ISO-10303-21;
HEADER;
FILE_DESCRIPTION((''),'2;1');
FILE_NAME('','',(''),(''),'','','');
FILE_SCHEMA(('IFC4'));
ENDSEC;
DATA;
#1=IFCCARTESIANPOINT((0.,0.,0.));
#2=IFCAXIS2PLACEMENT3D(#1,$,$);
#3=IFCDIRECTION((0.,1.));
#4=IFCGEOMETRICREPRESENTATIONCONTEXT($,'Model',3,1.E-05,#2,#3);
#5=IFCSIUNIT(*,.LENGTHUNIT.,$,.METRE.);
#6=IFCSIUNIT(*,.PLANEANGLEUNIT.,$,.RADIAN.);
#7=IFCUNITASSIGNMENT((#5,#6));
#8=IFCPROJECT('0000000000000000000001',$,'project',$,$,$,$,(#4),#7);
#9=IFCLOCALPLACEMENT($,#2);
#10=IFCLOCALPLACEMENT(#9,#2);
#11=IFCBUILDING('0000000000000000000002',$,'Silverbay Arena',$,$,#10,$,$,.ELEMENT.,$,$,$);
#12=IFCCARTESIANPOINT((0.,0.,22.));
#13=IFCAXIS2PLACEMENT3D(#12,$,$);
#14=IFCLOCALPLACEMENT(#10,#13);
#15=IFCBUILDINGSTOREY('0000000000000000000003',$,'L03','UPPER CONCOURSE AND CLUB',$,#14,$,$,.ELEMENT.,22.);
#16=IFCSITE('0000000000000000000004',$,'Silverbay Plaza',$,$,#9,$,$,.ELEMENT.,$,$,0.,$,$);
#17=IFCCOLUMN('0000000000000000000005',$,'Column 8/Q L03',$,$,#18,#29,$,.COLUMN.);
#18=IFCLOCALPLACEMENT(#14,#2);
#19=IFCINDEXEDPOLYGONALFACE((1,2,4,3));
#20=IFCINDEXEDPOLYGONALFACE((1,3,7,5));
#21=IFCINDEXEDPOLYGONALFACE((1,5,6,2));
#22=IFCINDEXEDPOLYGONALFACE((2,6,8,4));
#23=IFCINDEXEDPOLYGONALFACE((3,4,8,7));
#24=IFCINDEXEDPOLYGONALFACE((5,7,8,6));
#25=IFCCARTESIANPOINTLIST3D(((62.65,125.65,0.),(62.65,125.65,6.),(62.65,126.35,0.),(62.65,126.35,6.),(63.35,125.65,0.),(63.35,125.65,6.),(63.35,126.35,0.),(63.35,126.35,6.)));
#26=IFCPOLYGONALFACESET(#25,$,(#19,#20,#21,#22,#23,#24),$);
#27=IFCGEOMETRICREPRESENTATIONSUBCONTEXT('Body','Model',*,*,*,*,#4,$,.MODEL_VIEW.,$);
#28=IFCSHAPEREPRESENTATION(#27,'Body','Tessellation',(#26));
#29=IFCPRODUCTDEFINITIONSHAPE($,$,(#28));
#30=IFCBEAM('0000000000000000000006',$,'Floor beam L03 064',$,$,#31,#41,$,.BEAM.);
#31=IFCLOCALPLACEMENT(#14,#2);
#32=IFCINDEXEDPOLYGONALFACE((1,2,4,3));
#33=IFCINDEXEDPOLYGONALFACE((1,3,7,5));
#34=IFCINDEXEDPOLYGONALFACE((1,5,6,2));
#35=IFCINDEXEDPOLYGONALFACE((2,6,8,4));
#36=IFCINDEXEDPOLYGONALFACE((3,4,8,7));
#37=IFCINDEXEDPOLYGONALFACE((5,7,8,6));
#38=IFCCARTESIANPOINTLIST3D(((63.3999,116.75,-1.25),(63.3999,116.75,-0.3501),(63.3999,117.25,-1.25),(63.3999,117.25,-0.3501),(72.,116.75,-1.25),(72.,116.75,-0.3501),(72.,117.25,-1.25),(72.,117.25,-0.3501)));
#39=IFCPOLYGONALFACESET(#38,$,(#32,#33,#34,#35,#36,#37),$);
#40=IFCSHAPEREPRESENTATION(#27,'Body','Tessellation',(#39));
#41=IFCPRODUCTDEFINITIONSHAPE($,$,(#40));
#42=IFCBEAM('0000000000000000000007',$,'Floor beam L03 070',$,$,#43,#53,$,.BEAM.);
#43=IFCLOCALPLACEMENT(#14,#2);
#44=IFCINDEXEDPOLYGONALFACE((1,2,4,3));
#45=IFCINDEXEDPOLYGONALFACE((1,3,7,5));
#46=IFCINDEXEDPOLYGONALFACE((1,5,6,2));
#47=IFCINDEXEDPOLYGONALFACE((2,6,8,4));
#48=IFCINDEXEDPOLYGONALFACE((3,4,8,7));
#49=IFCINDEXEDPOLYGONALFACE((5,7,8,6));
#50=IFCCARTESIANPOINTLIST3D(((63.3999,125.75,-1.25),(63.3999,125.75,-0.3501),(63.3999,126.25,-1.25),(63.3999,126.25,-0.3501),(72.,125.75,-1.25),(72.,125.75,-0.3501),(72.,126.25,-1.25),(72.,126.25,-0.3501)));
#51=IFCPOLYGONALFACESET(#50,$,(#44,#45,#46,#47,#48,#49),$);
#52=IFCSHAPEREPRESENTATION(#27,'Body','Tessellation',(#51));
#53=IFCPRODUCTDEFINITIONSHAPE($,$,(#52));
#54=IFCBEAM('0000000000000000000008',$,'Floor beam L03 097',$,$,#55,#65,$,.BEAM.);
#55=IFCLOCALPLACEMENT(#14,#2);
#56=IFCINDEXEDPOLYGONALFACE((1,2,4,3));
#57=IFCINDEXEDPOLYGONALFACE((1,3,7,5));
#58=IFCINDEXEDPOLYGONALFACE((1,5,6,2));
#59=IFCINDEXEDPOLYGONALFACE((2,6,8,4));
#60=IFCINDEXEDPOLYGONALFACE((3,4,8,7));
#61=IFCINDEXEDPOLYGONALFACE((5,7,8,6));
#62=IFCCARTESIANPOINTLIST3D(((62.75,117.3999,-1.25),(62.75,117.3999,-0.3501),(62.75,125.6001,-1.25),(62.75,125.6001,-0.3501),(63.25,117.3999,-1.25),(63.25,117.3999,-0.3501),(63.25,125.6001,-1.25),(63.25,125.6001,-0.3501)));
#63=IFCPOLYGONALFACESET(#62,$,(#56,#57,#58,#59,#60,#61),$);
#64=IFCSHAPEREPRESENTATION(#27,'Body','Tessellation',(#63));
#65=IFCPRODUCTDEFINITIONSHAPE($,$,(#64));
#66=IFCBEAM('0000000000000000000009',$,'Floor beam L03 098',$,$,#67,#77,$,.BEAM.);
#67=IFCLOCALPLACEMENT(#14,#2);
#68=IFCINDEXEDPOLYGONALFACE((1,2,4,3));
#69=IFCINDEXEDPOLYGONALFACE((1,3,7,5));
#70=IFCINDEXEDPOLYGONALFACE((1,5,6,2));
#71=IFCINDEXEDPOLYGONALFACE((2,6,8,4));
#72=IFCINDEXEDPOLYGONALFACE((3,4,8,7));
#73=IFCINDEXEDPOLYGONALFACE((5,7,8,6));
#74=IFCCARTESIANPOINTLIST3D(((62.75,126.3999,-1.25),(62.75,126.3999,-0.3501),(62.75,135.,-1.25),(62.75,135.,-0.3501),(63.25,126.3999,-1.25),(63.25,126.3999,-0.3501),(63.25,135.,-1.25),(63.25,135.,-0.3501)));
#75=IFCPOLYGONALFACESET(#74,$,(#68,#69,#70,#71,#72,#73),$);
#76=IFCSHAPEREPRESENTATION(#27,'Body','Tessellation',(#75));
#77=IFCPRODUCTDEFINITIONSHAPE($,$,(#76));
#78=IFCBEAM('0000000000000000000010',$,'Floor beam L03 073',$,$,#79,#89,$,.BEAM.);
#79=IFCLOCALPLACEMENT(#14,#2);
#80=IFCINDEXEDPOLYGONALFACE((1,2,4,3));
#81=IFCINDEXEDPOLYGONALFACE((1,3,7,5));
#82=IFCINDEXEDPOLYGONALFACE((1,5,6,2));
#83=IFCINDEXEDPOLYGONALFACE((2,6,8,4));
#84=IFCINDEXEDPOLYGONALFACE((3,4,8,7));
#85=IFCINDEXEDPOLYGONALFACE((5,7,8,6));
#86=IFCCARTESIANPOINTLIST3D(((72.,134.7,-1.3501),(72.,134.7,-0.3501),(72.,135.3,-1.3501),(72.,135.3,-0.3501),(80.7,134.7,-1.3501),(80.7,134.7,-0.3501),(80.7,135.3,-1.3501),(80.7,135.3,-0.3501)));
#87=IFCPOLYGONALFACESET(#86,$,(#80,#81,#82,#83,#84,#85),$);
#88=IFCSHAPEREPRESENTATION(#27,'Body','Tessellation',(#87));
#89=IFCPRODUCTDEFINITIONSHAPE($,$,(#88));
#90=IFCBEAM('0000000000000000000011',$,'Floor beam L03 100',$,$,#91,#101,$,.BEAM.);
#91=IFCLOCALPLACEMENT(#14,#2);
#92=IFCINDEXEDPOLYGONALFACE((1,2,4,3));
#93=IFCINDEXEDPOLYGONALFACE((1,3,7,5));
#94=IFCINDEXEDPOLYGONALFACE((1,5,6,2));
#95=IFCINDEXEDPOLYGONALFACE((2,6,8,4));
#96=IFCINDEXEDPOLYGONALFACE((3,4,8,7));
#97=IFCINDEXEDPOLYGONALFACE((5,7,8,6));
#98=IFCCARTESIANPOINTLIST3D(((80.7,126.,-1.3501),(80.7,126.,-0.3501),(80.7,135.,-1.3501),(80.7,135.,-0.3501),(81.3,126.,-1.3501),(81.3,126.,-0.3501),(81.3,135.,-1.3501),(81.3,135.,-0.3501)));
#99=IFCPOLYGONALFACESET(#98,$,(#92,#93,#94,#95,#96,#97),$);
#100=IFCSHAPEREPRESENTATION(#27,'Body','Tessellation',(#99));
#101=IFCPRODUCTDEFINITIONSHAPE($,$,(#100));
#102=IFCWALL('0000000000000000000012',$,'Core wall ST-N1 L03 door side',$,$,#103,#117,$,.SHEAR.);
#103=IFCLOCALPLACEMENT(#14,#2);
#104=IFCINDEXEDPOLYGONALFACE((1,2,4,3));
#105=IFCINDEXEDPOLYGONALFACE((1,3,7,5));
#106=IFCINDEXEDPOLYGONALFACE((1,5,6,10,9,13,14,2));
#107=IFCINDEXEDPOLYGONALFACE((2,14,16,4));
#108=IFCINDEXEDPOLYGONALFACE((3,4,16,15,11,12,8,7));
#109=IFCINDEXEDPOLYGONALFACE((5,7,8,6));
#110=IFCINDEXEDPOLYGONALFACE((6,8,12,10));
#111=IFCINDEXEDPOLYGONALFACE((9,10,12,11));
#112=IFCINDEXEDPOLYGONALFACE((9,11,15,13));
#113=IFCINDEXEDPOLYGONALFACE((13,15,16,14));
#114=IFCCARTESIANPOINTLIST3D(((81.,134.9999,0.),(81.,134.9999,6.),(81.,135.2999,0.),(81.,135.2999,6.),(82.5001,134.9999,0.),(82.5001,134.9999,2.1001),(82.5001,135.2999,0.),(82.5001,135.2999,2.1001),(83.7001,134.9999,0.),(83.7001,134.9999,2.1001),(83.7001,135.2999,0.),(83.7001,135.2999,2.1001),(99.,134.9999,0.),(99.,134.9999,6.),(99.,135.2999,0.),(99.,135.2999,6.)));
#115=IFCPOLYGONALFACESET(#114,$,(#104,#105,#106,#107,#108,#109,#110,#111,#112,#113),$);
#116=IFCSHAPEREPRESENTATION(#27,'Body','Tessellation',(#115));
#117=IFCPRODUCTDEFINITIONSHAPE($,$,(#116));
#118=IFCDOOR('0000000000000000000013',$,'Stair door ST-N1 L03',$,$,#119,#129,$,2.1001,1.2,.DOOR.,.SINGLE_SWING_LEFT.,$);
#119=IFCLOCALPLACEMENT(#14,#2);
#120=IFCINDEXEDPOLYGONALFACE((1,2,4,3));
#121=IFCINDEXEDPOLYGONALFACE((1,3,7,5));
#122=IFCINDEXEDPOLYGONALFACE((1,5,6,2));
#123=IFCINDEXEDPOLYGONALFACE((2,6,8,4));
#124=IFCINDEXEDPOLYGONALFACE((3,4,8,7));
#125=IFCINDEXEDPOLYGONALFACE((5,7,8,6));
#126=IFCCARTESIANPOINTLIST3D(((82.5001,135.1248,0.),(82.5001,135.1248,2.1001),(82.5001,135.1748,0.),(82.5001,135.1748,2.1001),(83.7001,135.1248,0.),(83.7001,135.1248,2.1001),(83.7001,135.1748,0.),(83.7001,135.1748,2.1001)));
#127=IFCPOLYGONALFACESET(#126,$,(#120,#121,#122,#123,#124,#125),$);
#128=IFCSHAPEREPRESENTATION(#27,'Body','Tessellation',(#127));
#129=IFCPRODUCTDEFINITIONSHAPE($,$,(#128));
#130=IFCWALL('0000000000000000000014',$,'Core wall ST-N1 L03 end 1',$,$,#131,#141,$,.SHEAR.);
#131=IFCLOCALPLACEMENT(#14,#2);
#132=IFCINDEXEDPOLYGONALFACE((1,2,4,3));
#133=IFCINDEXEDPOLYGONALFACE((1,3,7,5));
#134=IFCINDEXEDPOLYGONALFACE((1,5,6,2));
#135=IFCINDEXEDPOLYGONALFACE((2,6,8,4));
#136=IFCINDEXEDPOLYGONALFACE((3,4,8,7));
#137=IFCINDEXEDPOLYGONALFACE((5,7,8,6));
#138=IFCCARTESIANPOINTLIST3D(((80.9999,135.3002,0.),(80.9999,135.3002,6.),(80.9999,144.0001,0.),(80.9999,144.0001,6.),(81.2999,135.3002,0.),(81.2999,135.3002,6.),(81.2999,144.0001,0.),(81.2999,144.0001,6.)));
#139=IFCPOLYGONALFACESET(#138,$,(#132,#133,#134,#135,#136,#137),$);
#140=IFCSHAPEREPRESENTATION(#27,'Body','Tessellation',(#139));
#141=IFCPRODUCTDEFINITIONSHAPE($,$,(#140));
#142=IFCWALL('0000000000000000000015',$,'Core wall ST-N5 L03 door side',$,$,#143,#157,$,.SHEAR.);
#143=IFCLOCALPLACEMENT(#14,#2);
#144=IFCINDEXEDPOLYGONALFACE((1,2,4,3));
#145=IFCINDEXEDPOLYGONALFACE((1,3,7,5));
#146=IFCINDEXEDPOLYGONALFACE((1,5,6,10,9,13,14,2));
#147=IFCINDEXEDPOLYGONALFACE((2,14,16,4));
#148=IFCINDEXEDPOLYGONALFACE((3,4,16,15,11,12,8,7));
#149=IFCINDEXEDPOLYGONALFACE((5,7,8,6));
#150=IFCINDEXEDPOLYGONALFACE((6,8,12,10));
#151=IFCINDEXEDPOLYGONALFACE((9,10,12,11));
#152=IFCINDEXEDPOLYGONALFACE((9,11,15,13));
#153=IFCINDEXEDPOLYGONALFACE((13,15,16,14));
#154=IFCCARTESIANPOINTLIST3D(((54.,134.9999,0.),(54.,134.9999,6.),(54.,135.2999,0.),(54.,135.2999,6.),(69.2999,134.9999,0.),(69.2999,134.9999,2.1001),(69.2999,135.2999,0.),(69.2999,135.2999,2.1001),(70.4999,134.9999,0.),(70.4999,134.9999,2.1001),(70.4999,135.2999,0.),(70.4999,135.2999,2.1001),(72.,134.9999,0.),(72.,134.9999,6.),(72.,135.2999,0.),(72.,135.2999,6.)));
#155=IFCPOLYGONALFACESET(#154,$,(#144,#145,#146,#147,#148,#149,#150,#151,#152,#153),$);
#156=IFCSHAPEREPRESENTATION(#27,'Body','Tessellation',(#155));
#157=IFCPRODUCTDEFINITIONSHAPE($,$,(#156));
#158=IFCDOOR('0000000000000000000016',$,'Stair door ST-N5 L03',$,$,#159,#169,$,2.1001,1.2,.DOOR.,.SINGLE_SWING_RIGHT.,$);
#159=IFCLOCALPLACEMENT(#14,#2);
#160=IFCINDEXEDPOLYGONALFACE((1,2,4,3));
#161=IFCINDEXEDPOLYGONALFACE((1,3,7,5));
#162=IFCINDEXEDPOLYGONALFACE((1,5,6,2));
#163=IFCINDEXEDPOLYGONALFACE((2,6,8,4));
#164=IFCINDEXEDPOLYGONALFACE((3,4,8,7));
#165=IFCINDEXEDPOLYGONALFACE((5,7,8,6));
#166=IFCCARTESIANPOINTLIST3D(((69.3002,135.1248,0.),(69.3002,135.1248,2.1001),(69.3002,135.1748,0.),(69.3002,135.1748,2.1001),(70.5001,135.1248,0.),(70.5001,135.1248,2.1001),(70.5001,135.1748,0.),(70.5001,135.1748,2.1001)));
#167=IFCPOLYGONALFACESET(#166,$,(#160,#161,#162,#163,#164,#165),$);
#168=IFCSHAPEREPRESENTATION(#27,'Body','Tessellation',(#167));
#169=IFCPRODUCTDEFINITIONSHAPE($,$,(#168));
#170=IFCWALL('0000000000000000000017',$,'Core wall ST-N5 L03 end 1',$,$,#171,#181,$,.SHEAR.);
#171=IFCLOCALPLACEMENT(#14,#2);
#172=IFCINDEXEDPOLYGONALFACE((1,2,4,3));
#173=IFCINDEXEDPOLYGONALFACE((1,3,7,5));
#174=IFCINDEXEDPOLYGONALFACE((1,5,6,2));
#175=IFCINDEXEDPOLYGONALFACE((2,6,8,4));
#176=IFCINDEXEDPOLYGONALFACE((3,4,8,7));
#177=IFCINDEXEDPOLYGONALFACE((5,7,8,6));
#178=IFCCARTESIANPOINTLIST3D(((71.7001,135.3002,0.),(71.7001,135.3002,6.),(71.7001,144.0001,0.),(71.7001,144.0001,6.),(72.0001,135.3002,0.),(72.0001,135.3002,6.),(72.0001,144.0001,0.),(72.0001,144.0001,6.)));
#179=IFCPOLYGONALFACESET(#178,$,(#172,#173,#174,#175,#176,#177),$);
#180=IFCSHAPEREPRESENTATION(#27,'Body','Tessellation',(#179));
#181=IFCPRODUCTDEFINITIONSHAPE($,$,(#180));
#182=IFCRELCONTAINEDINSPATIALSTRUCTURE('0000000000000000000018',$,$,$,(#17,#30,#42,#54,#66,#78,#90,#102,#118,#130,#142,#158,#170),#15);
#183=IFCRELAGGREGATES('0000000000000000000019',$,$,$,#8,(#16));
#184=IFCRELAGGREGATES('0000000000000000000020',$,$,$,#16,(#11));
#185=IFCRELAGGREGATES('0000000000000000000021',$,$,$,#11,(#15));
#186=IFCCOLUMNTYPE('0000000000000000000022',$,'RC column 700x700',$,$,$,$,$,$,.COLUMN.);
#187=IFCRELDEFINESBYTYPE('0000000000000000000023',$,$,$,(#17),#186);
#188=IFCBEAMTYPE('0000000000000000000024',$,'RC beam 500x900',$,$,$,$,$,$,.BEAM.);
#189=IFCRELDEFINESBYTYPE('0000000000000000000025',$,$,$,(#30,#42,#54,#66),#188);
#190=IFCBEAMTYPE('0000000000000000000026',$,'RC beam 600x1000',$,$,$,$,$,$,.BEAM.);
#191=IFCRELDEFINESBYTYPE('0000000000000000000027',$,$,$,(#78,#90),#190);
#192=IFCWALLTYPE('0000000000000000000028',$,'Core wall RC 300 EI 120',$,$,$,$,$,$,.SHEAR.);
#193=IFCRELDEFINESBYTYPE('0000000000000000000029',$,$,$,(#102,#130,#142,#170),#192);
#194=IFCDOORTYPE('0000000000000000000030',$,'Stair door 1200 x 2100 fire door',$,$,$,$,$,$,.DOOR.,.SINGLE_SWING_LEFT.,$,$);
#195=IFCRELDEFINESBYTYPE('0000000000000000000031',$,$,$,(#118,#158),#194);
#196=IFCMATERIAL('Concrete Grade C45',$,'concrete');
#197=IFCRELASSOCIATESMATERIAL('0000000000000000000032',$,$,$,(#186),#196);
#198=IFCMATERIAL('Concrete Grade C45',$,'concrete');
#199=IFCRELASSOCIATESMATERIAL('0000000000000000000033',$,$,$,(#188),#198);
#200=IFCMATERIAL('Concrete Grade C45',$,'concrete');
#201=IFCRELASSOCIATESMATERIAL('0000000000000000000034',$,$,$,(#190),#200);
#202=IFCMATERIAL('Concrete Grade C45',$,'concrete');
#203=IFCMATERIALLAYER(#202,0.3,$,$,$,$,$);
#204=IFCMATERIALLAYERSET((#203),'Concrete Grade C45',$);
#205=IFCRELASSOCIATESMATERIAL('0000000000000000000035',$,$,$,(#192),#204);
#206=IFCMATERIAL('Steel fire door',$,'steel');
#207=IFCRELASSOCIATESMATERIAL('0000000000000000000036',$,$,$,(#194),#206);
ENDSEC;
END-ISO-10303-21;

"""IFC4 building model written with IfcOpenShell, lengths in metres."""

from ifc_helpers import new_model, si_unit, direction, frame, frame_2d, origin, origin_2d, place, context, subcontext, project, spatial, rectangle, extrude, material, layer, layer_set, material_profile, profile_set, type_object, element, fill, save


model = new_model("IFC4")

# Units and contexts
model_context = context("Model", 3, precision=1e-05, world=origin(), true_north=direction((0.0, 1.0)))
body_context = subcontext(model_context, "Body", "Model", "MODEL_VIEW")
ifc_project = project(units=[si_unit("LENGTHUNIT", "METRE"), si_unit("PLANEANGLEUNIT", "RADIAN")], contexts=[model_context])

# Site, building, storey
site_placement = place(None, origin())
site = spatial("IfcSite", under=ifc_project, at=site_placement, Name="Silverbay Plaza", CompositionType="ELEMENT", RefElevation=0.0)
building_placement = place(site_placement, origin())
building = spatial("IfcBuilding", under=site, at=building_placement, Name="Silverbay Arena", CompositionType="ELEMENT")
storey_placement = place(building_placement, frame((0.0, 0.0, 22.0)))
storey = spatial("IfcBuildingStorey", under=building, at=storey_placement, Name="L03", Description="UPPER CONCOURSE AND CLUB", CompositionType="ELEMENT", Elevation=22.0)

# Column
ifc_material_1 = material(Name="Concrete Grade C45", Category="concrete")
ifc_material_profile_1 = material_profile(ifc_material_1, rectangle(XDim=0.7, YDim=0.7, at=origin_2d()), Name="RC 700x700")
ifc_profile_set_1 = profile_set([ifc_material_profile_1], Name="Concrete Grade C45")
column_type = type_object("IfcColumnType", Name="RC column 700x700", PredefinedType="COLUMN", material=ifc_profile_set_1)
column_placement = place(storey_placement, frame((63.0, 126.0, 0.0), z_axis=(0.0, 0.0, 1.0), x_axis=(1.0, 0.0, 0.0)))
element("IfcColumn", 1, at=column_placement, inside=storey, type_object=column_type, Name="Column 8/Q L03", PredefinedType="COLUMN", context=body_context, shape_type="SweptSolid", body=[
    extrude(rectangle(XDim=0.7, YDim=0.7, at=origin_2d()), origin(), (0.0, 0.0, 1.0), 6.0),
])

# Beams
ifc_material_2 = material(Name="Concrete Grade C45", Category="concrete")
ifc_material_profile_2 = material_profile(ifc_material_2, rectangle(XDim=0.5, YDim=0.8999, at=origin_2d()), Name="RC 500x900")
ifc_profile_set_2 = profile_set([ifc_material_profile_2], Name="Concrete Grade C45")
beam_type_1 = type_object("IfcBeamType", Name="RC beam 500x900", PredefinedType="BEAM", material=ifc_profile_set_2)
for number, where, z_axis, x_axis, name in (
    (2, (63.3999, 117.0, -0.8), (1.0, 0.0, 0.0), (0.0, 1.0, 0.0), "Floor beam L03 064"),
    (3, (63.3999, 126.0, -0.8), (1.0, 0.0, 0.0), (0.0, 1.0, 0.0), "Floor beam L03 070"),
):
    element("IfcBeam", number, at=place(storey_placement, frame(where, z_axis=z_axis, x_axis=x_axis)), inside=storey, type_object=beam_type_1, Name=name, PredefinedType="BEAM", context=body_context, shape_type="SweptSolid", body=[
        extrude(rectangle(XDim=0.5, YDim=0.8999, at=origin_2d()), origin(), (0.0, 0.0, 1.0), 8.6001),
    ])
beam_1_placement = place(storey_placement, frame((63.0, 117.3999, -0.8), z_axis=(0.0, 1.0, 0.0), x_axis=(-1.0, 0.0, 0.0)))
element("IfcBeam", 4, at=beam_1_placement, inside=storey, type_object=beam_type_1, Name="Floor beam L03 097", PredefinedType="BEAM", context=body_context, shape_type="SweptSolid", body=[
    extrude(rectangle(XDim=0.5, YDim=0.8999, at=origin_2d()), origin(), (0.0, 0.0, 1.0), 8.2002),
])
beam_2_placement = place(storey_placement, frame((63.0, 126.3999, -0.8), z_axis=(0.0, 1.0, 0.0), x_axis=(-1.0, 0.0, 0.0)))
element("IfcBeam", 5, at=beam_2_placement, inside=storey, type_object=beam_type_1, Name="Floor beam L03 098", PredefinedType="BEAM", context=body_context, shape_type="SweptSolid", body=[
    extrude(rectangle(XDim=0.5, YDim=0.8999, at=origin_2d()), origin(), (0.0, 0.0, 1.0), 8.6001),
])
ifc_material_3 = material(Name="Concrete Grade C45", Category="concrete")
ifc_material_profile_3 = material_profile(ifc_material_3, rectangle(XDim=0.6001, YDim=1.0, at=origin_2d()), Name="RC 600x1000")
ifc_profile_set_3 = profile_set([ifc_material_profile_3], Name="Concrete Grade C45")
beam_type_2 = type_object("IfcBeamType", Name="RC beam 600x1000", PredefinedType="BEAM", material=ifc_profile_set_3)
beam_3_placement = place(storey_placement, frame((72.0, 135.0, -0.8501), z_axis=(1.0, 0.0, 0.0), x_axis=(0.0, 1.0, 0.0)))
element("IfcBeam", 6, at=beam_3_placement, inside=storey, type_object=beam_type_2, Name="Floor beam L03 073", PredefinedType="BEAM", context=body_context, shape_type="SweptSolid", body=[
    extrude(rectangle(XDim=0.6001, YDim=1.0, at=origin_2d()), origin(), (0.0, 0.0, 1.0), 8.7),
])
beam_4_placement = place(storey_placement, frame((81.0, 126.0, -0.8501), z_axis=(0.0, 1.0, 0.0), x_axis=(-1.0, 0.0, 0.0)))
element("IfcBeam", 7, at=beam_4_placement, inside=storey, type_object=beam_type_2, Name="Floor beam L03 100", PredefinedType="BEAM", context=body_context, shape_type="SweptSolid", body=[
    extrude(rectangle(XDim=0.6001, YDim=1.0, at=origin_2d()), origin(), (0.0, 0.0, 1.0), 9.0),
])

# Wall, opening, door
ifc_material_4 = material(Name="Concrete Grade C45", Category="concrete")
ifc_layer_1 = layer(ifc_material_4, 0.3)
ifc_layer_set_1 = layer_set([ifc_layer_1], Name="Concrete Grade C45")
wall_type_1 = type_object("IfcWallType", Name="Core wall RC 300 EI 120", PredefinedType="SHEAR", material=ifc_layer_set_1)
wall_1_placement = place(storey_placement, frame((81.0, 135.1499, 0.0), z_axis=(0.0, 0.0, 1.0), x_axis=(1.0, 0.0, 0.0)))
wall_1 = element("IfcWall", 8, at=wall_1_placement, inside=storey, type_object=wall_type_1, Name="Core wall ST-N1 L03 door side", PredefinedType="SHEAR", context=body_context, shape_type="SweptSolid", body=[
    extrude(rectangle(XDim=18.0, YDim=0.3, at=frame_2d((9.0, 0.0))), origin(), (0.0, 0.0, 1.0), 6.0),
])
opening_1_placement = place(wall_1_placement, frame((1.5, 0.0, 0.0)))
opening_1 = element("IfcOpeningElement", 9, at=opening_1_placement, cuts=wall_1, PredefinedType="OPENING", context=body_context, shape_type="SweptSolid", body=[
    extrude(rectangle(XDim=1.2, YDim=2.1001, at=frame_2d((0.6001, 1.05))), frame((0.0, 0.1602, 0.0), z_axis=(0.0, -1.0, 0.0), x_axis=(1.0, 0.0, 0.0)), (0.0, 0.0, 1.0), 0.3201),
])
ifc_material_5 = material(Name="Steel fire door", Category="steel")
door_type_1 = type_object("IfcDoorType", Name="Stair door 1200 x 2100 fire door", OperationType="SINGLE_SWING_LEFT", PredefinedType="DOOR", material=ifc_material_5)
door_1_placement = place(opening_1_placement, origin())
door_1 = element("IfcDoor", 10, at=door_1_placement, inside=storey, type_object=door_type_1, Name="Stair door ST-N1 L03", OperationType="SINGLE_SWING_LEFT", OverallHeight=2.1001, OverallWidth=1.2, PredefinedType="DOOR", context=body_context, shape_type="SweptSolid", body=[
    extrude(rectangle(XDim=1.2, YDim=2.1001, at=frame_2d((0.6001, 1.05))), frame((0.0, 0.0249, 0.0), z_axis=(0.0, -1.0, 0.0), x_axis=(1.0, 0.0, 0.0)), (0.0, 0.0, 1.0), 0.05),
])
fill(opening_1, door_1)

# Wall
wall_2_placement = place(storey_placement, frame((81.1499, 135.3, 0.0), z_axis=(0.0, 0.0, 1.0), x_axis=(0.0, 1.0, 0.0)))
element("IfcWall", 11, at=wall_2_placement, inside=storey, type_object=wall_type_1, Name="Core wall ST-N1 L03 end 1", PredefinedType="SHEAR", context=body_context, shape_type="SweptSolid", body=[
    extrude(rectangle(XDim=8.7, YDim=0.3, at=frame_2d((4.3501, 0.0))), origin(), (0.0, 0.0, 1.0), 6.0),
])

# Wall, opening, door
wall_3_placement = place(storey_placement, frame((72.0, 135.1499, 0.0), z_axis=(0.0, 0.0, 1.0), x_axis=(-1.0, 0.0, 0.0)))
wall_3 = element("IfcWall", 12, at=wall_3_placement, inside=storey, type_object=wall_type_1, Name="Core wall ST-N5 L03 door side", PredefinedType="SHEAR", context=body_context, shape_type="SweptSolid", body=[
    extrude(rectangle(XDim=18.0, YDim=0.3, at=frame_2d((9.0, 0.0))), origin(), (0.0, 0.0, 1.0), 6.0),
])
opening_2_placement = place(wall_3_placement, frame((1.5, 0.0, 0.0)))
opening_2 = element("IfcOpeningElement", 13, at=opening_2_placement, cuts=wall_3, PredefinedType="OPENING", context=body_context, shape_type="SweptSolid", body=[
    extrude(rectangle(XDim=1.2, YDim=2.1001, at=frame_2d((0.6001, 1.05))), frame((0.0, 0.1602, 0.0), z_axis=(0.0, -1.0, 0.0), x_axis=(1.0, 0.0, 0.0)), (0.0, 0.0, 1.0), 0.3201),
])
door_2_placement = place(opening_2_placement, frame((1.2, 0.0, 0.0), z_axis=(0.0, 0.0, 1.0), x_axis=(-1.0, 0.0, 0.0)))
door_2 = element("IfcDoor", 14, at=door_2_placement, inside=storey, type_object=door_type_1, Name="Stair door ST-N5 L03", OperationType="SINGLE_SWING_RIGHT", OverallHeight=2.1001, OverallWidth=1.2, PredefinedType="DOOR", context=body_context, shape_type="SweptSolid", body=[
    extrude(rectangle(XDim=1.2, YDim=2.1001, at=frame_2d((0.6001, 1.05))), frame((0.0, 0.0249, 0.0), z_axis=(0.0, -1.0, 0.0), x_axis=(1.0, 0.0, 0.0)), (0.0, 0.0, 1.0), 0.05),
])
fill(opening_2, door_2)

# Wall
wall_4_placement = place(storey_placement, frame((71.8501, 135.3, 0.0), z_axis=(0.0, 0.0, 1.0), x_axis=(0.0, 1.0, 0.0)))
element("IfcWall", 15, at=wall_4_placement, inside=storey, type_object=wall_type_1, Name="Core wall ST-N5 L03 end 1", PredefinedType="SHEAR", context=body_context, shape_type="SweptSolid", body=[
    extrude(rectangle(XDim=8.7, YDim=0.3, at=frame_2d((4.3501, 0.0))), origin(), (0.0, 0.0, 1.0), 6.0),
])

save(model, "model.ifc")
